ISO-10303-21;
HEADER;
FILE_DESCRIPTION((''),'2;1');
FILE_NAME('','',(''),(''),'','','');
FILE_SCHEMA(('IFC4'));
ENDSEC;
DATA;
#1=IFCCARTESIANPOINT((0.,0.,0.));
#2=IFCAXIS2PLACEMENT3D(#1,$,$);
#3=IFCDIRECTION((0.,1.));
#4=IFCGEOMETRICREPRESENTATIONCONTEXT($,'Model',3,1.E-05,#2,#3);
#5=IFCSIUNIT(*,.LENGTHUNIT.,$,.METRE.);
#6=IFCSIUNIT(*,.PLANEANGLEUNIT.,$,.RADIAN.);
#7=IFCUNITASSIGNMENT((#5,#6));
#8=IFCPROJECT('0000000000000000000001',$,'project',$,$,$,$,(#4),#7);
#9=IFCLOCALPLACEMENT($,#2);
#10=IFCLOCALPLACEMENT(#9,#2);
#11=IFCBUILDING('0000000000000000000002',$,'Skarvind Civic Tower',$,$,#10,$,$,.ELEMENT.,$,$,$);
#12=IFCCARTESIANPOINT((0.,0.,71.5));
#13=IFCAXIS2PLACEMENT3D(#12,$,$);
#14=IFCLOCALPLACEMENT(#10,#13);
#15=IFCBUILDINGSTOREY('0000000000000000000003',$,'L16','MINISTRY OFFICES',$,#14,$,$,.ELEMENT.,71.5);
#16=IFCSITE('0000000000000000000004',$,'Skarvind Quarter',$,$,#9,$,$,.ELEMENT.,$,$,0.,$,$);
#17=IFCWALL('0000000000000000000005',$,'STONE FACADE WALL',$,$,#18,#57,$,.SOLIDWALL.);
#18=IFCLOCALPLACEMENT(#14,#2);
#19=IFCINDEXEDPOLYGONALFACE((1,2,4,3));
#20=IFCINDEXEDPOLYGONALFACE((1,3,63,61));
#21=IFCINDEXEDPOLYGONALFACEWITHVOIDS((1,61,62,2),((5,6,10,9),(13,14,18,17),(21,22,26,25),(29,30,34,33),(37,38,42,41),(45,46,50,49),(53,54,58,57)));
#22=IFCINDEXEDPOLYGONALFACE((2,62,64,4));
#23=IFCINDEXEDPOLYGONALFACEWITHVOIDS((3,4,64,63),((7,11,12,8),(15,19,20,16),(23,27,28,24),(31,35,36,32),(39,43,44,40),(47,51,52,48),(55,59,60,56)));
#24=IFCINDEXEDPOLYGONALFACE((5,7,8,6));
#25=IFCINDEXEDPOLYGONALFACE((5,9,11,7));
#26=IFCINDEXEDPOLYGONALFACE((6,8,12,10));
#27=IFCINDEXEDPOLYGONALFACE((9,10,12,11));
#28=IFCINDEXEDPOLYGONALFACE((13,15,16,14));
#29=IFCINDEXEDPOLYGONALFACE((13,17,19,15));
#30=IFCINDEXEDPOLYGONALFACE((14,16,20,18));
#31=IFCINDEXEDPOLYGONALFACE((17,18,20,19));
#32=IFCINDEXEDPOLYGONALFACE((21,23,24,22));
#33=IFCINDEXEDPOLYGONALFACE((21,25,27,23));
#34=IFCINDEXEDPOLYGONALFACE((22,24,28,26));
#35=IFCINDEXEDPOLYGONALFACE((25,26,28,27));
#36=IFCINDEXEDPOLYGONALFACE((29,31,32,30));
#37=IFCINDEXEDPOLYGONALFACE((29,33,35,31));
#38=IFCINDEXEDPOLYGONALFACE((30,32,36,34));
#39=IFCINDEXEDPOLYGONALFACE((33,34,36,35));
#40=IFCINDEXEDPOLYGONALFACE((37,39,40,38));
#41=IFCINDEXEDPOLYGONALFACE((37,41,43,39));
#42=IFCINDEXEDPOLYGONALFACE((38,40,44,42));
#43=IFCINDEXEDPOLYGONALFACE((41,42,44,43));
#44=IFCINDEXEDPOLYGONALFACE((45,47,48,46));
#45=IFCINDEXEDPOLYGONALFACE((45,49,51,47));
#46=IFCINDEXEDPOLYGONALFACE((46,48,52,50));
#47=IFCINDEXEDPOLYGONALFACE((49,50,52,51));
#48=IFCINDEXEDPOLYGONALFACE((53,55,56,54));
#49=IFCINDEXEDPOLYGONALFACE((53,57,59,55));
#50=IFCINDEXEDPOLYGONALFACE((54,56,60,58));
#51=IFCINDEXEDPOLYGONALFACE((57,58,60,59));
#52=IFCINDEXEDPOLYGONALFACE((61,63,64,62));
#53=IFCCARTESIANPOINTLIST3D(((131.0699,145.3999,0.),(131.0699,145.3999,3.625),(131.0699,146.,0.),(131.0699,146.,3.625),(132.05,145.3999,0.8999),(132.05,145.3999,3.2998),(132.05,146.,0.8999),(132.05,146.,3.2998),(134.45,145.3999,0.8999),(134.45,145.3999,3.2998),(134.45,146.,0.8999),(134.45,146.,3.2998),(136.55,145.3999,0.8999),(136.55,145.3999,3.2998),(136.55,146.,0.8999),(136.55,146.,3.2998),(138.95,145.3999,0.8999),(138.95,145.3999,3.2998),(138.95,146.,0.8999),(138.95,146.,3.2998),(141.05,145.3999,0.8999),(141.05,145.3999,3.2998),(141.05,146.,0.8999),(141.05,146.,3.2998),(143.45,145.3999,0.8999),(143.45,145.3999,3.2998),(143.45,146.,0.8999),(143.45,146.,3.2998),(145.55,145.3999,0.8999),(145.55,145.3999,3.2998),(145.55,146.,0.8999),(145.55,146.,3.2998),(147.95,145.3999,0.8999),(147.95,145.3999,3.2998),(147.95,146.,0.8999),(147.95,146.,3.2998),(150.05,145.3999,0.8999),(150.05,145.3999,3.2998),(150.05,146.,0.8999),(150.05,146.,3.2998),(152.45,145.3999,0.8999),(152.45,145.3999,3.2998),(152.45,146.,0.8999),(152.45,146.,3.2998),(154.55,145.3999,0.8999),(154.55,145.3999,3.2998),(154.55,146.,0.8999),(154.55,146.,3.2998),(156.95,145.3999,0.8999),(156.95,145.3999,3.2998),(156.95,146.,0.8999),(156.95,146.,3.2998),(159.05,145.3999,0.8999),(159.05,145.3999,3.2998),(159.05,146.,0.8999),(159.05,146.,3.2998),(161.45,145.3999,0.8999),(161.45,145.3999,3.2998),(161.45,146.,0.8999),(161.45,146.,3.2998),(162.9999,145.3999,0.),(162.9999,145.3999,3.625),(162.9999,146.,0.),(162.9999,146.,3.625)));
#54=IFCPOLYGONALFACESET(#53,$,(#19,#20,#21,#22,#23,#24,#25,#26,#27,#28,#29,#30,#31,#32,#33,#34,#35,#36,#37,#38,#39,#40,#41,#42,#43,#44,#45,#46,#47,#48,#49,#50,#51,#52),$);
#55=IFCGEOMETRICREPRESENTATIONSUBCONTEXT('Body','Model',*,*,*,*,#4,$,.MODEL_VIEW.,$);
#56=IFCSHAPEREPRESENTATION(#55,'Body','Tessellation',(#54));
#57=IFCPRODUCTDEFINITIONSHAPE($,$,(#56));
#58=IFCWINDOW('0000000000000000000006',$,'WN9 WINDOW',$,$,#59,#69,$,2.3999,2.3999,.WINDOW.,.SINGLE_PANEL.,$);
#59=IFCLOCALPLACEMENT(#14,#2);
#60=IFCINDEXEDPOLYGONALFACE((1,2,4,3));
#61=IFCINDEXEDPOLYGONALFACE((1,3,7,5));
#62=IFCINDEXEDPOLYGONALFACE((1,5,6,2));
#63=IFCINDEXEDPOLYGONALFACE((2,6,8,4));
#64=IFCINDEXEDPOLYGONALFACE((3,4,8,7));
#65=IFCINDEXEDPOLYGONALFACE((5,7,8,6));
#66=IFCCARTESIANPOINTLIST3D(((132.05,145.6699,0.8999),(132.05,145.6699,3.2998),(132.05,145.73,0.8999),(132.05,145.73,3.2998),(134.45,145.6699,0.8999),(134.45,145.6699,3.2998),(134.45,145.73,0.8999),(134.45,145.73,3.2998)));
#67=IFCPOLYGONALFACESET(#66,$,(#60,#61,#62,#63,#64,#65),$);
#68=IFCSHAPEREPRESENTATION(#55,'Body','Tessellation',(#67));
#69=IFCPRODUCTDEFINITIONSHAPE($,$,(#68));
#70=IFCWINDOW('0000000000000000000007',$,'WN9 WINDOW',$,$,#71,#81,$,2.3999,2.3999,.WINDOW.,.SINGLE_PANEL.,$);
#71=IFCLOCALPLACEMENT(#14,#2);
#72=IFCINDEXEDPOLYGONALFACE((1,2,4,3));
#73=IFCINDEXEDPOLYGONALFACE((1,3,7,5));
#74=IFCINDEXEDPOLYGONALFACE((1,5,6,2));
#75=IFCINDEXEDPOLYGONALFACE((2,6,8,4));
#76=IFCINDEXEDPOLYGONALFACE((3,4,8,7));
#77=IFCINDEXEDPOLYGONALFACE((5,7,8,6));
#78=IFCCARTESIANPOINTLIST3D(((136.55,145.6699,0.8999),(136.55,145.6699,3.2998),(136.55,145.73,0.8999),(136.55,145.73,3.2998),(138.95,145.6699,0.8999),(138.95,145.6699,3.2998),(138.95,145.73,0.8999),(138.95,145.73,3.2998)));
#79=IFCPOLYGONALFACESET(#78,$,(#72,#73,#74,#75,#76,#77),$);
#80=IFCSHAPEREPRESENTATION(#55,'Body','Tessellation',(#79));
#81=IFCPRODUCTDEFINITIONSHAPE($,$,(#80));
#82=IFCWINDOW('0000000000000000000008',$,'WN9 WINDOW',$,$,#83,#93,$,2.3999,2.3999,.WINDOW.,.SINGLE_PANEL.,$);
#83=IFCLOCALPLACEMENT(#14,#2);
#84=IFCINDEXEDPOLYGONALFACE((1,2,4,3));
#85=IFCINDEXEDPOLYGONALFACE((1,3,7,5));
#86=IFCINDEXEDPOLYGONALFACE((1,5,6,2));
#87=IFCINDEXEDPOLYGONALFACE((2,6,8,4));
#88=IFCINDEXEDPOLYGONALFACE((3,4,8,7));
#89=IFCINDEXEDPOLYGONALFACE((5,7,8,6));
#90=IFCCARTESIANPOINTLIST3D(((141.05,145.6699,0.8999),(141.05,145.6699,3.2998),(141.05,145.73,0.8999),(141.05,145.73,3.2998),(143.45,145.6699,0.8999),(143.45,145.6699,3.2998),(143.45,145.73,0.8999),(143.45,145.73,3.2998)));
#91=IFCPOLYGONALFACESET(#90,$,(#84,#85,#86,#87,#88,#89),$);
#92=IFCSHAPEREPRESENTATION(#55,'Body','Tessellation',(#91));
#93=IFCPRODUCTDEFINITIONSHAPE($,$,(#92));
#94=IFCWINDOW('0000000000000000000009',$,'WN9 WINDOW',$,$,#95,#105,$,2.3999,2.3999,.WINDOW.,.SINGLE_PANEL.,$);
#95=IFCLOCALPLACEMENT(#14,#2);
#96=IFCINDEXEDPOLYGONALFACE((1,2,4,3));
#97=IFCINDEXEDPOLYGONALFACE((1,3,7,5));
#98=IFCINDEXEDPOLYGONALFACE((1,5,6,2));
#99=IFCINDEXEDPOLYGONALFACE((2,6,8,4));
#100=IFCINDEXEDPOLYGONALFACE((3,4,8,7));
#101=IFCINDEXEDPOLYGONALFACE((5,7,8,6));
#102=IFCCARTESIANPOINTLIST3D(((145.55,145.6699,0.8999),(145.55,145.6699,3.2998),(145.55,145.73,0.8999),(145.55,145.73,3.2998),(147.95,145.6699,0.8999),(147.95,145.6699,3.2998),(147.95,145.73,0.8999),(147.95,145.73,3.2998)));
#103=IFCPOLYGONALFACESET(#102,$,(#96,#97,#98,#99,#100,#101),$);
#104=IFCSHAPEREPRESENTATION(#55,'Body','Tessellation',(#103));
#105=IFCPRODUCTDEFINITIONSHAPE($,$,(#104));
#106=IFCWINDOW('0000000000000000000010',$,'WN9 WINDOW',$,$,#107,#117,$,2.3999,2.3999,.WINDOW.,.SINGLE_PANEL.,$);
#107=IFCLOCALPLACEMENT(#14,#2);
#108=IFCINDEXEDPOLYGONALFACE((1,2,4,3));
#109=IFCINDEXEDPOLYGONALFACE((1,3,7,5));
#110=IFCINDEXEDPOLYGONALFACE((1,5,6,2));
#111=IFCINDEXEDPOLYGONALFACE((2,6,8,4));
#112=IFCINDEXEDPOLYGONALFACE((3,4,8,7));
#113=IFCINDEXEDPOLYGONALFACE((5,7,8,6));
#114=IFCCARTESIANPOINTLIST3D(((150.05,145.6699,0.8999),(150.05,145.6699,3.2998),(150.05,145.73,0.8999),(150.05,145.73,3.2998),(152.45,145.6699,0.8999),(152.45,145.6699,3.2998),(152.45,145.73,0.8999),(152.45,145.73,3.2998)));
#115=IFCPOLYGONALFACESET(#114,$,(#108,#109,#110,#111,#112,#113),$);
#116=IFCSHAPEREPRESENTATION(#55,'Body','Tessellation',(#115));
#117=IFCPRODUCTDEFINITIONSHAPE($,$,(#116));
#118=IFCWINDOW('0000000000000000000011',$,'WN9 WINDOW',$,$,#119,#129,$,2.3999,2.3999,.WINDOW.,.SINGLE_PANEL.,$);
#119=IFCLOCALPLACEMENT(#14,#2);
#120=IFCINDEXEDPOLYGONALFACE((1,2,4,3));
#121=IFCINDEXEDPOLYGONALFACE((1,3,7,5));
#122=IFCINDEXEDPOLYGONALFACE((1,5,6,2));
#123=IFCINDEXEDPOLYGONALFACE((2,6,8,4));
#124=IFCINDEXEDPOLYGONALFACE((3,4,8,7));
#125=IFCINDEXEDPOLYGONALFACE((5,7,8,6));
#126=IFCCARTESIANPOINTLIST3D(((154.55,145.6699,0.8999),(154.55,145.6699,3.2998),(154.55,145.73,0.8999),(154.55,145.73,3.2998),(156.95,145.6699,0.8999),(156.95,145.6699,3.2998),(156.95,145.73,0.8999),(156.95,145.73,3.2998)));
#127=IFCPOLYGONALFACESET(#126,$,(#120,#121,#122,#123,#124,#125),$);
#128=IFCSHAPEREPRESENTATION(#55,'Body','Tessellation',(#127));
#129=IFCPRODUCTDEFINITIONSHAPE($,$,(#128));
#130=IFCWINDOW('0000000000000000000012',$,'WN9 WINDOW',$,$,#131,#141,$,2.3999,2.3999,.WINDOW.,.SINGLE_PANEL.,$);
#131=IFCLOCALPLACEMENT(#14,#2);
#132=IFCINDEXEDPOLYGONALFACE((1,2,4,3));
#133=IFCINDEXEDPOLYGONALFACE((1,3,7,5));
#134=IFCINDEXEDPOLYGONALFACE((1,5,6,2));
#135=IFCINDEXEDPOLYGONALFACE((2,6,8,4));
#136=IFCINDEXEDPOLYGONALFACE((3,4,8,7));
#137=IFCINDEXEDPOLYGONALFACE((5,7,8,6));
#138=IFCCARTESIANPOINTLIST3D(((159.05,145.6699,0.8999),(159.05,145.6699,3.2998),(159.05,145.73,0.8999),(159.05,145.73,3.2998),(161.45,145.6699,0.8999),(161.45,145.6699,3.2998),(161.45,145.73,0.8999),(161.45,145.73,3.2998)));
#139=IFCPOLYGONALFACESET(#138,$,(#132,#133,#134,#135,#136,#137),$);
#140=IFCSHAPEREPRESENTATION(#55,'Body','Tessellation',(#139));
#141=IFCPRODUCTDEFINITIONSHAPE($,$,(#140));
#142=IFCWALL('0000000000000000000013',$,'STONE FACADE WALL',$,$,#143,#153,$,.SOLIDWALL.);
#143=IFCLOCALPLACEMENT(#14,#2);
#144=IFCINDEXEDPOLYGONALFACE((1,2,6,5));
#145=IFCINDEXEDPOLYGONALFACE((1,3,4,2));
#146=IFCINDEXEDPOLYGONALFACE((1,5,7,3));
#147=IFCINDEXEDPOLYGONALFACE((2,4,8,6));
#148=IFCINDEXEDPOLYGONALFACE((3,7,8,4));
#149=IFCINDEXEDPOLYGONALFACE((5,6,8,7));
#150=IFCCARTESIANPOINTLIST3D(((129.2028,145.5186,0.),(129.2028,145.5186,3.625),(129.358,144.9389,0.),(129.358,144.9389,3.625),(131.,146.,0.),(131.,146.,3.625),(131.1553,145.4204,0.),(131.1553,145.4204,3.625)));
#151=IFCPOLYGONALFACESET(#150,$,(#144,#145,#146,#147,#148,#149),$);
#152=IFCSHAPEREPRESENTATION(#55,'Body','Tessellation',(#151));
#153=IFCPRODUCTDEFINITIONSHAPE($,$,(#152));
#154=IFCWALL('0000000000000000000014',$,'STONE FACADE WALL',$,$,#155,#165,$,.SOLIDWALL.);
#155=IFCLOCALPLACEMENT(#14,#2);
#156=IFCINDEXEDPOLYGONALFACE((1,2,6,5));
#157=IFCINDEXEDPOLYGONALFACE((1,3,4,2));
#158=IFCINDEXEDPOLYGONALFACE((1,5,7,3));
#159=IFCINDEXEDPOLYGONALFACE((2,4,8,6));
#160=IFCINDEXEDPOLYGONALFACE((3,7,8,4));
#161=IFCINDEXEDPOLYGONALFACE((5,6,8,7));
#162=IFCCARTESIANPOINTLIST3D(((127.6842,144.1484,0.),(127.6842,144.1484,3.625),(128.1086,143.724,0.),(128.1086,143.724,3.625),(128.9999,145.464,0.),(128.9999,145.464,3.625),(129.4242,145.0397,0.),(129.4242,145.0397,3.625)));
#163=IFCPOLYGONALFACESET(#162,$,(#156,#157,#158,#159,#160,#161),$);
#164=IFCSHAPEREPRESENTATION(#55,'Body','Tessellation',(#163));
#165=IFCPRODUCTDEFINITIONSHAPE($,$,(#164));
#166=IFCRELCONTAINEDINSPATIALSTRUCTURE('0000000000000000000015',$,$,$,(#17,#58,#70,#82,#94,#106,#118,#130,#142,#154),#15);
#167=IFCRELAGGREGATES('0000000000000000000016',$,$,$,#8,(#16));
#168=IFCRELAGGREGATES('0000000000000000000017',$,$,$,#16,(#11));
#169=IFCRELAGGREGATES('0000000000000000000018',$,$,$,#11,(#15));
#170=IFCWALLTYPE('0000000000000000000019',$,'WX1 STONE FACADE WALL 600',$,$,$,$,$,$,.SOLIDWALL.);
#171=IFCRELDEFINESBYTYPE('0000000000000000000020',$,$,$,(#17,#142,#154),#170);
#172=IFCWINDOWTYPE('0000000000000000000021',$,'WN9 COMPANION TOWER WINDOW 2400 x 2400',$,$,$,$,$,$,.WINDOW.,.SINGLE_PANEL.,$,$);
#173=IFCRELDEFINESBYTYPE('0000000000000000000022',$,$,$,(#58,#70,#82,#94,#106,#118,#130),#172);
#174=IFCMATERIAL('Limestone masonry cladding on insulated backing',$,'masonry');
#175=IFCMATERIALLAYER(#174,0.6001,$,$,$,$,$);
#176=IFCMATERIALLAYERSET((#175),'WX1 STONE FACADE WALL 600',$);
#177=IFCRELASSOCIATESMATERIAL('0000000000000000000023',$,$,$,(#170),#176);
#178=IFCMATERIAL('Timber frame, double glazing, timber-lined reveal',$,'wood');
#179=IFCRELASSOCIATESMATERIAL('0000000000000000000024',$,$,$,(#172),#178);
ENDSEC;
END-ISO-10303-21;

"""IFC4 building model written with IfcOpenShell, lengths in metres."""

from ifc_helpers import new_model, si_unit, direction, frame, frame_2d, origin, place, context, subcontext, project, spatial, rectangle, extrude, material, layer, layer_set, type_object, element, fill, save


model = new_model("IFC4")

# Units and contexts
model_context = context("Model", 3, precision=1e-05, world=origin(), true_north=direction((0.0, 1.0)))
body_context = subcontext(model_context, "Body", "Model", "MODEL_VIEW")
ifc_project = project(units=[si_unit("LENGTHUNIT", "METRE"), si_unit("PLANEANGLEUNIT", "RADIAN")], contexts=[model_context])

# Site, building, storey
site_placement = place(None, origin())
site = spatial("IfcSite", under=ifc_project, at=site_placement, Name="Skarvind Quarter", CompositionType="ELEMENT", RefElevation=0.0)
building_placement = place(site_placement, origin())
building = spatial("IfcBuilding", under=site, at=building_placement, Name="Skarvind Civic Tower", CompositionType="ELEMENT")
storey_placement = place(building_placement, frame((0.0, 0.0, 71.5)))
storey = spatial("IfcBuildingStorey", under=building, at=storey_placement, Name="L16", Description="MINISTRY OFFICES", CompositionType="ELEMENT", Elevation=71.5)

# Wall, openings, windows
ifc_material_1 = material(Name="Limestone masonry cladding on insulated backing", Category="masonry")
ifc_layer_1 = layer(ifc_material_1, 0.6001)
ifc_layer_set_1 = layer_set([ifc_layer_1], Name="WX1 STONE FACADE WALL 600")
wall_type_1 = type_object("IfcWallType", Name="WX1 STONE FACADE WALL 600", PredefinedType="SOLIDWALL", material=ifc_layer_set_1)
wall_1_placement = place(storey_placement, frame((131.0701, 145.7, 0.0), z_axis=(0.0, 0.0, 1.0), x_axis=(1.0, 0.0, 0.0)))
wall_1 = element("IfcWall", 1, at=wall_1_placement, inside=storey, type_object=wall_type_1, Name="STONE FACADE WALL", PredefinedType="SOLIDWALL", context=body_context, shape_type="SweptSolid", body=[
    extrude(rectangle(XDim=31.9299, YDim=0.6001, at=frame_2d((15.9648, 0.0))), origin(), (0.0, 0.0, 1.0), 3.625),
])
opening_1_placement = place(wall_1_placement, frame((0.98, 0.0, 0.8999)))
opening_1 = element("IfcOpeningElement", 2, at=opening_1_placement, cuts=wall_1, PredefinedType="OPENING", context=body_context, shape_type="SweptSolid", body=[
    extrude(rectangle(XDim=2.3999, YDim=2.3999, at=frame_2d((1.2, 1.2))), frame((0.0, 0.3101, 0.0), z_axis=(0.0, -1.0, 0.0), x_axis=(1.0, 0.0, 0.0)), (0.0, 0.0, 1.0), 0.6201),
])
opening_2_placement = place(wall_1_placement, frame((5.48, 0.0, 0.8999)))
opening_2 = element("IfcOpeningElement", 3, at=opening_2_placement, cuts=wall_1, PredefinedType="OPENING", context=body_context, shape_type="SweptSolid", body=[
    extrude(rectangle(XDim=2.3999, YDim=2.3999, at=frame_2d((1.2, 1.2))), frame((0.0, 0.3101, 0.0), z_axis=(0.0, -1.0, 0.0), x_axis=(1.0, 0.0, 0.0)), (0.0, 0.0, 1.0), 0.6201),
])
opening_3_placement = place(wall_1_placement, frame((9.98, 0.0, 0.8999)))
opening_3 = element("IfcOpeningElement", 4, at=opening_3_placement, cuts=wall_1, PredefinedType="OPENING", context=body_context, shape_type="SweptSolid", body=[
    extrude(rectangle(XDim=2.3999, YDim=2.3999, at=frame_2d((1.2, 1.2))), frame((0.0, 0.3101, 0.0), z_axis=(0.0, -1.0, 0.0), x_axis=(1.0, 0.0, 0.0)), (0.0, 0.0, 1.0), 0.6201),
])
opening_4_placement = place(wall_1_placement, frame((14.48, 0.0, 0.8999)))
opening_4 = element("IfcOpeningElement", 5, at=opening_4_placement, cuts=wall_1, PredefinedType="OPENING", context=body_context, shape_type="SweptSolid", body=[
    extrude(rectangle(XDim=2.3999, YDim=2.3999, at=frame_2d((1.2, 1.2))), frame((0.0, 0.3101, 0.0), z_axis=(0.0, -1.0, 0.0), x_axis=(1.0, 0.0, 0.0)), (0.0, 0.0, 1.0), 0.6201),
])
opening_5_placement = place(wall_1_placement, frame((18.98, 0.0, 0.8999)))
opening_5 = element("IfcOpeningElement", 6, at=opening_5_placement, cuts=wall_1, PredefinedType="OPENING", context=body_context, shape_type="SweptSolid", body=[
    extrude(rectangle(XDim=2.3999, YDim=2.3999, at=frame_2d((1.2, 1.2))), frame((0.0, 0.3101, 0.0), z_axis=(0.0, -1.0, 0.0), x_axis=(1.0, 0.0, 0.0)), (0.0, 0.0, 1.0), 0.6201),
])
opening_6_placement = place(wall_1_placement, frame((23.48, 0.0, 0.8999)))
opening_6 = element("IfcOpeningElement", 7, at=opening_6_placement, cuts=wall_1, PredefinedType="OPENING", context=body_context, shape_type="SweptSolid", body=[
    extrude(rectangle(XDim=2.3999, YDim=2.3999, at=frame_2d((1.2, 1.2))), frame((0.0, 0.3101, 0.0), z_axis=(0.0, -1.0, 0.0), x_axis=(1.0, 0.0, 0.0)), (0.0, 0.0, 1.0), 0.6201),
])
opening_7_placement = place(wall_1_placement, frame((27.98, 0.0, 0.8999)))
opening_7 = element("IfcOpeningElement", 8, at=opening_7_placement, cuts=wall_1, PredefinedType="OPENING", context=body_context, shape_type="SweptSolid", body=[
    extrude(rectangle(XDim=2.3999, YDim=2.3999, at=frame_2d((1.2, 1.2))), frame((0.0, 0.3101, 0.0), z_axis=(0.0, -1.0, 0.0), x_axis=(1.0, 0.0, 0.0)), (0.0, 0.0, 1.0), 0.6201),
])
ifc_material_2 = material(Name="Timber frame, double glazing, timber-lined reveal", Category="wood")
window_type = type_object("IfcWindowType", Name="WN9 COMPANION TOWER WINDOW 2400 x 2400", PartitioningType="SINGLE_PANEL", PredefinedType="WINDOW", material=ifc_material_2)
window_1_placement = place(opening_1_placement, origin())
window_1 = element("IfcWindow", 9, at=window_1_placement, inside=storey, type_object=window_type, Name="WN9 WINDOW", OverallHeight=2.3999, OverallWidth=2.3999, PartitioningType="SINGLE_PANEL", PredefinedType="WINDOW", context=body_context, shape_type="SweptSolid", body=[
    extrude(rectangle(XDim=2.3999, YDim=2.3999, at=frame_2d((1.2, 1.2))), frame((0.0, 0.03, 0.0), z_axis=(0.0, -1.0, 0.0), x_axis=(1.0, 0.0, 0.0)), (0.0, 0.0, 1.0), 0.0601),
])
fill(opening_1, window_1)
window_2_placement = place(opening_2_placement, origin())
window_2 = element("IfcWindow", 10, at=window_2_placement, inside=storey, type_object=window_type, Name="WN9 WINDOW", OverallHeight=2.3999, OverallWidth=2.3999, PartitioningType="SINGLE_PANEL", PredefinedType="WINDOW", context=body_context, shape_type="SweptSolid", body=[
    extrude(rectangle(XDim=2.3999, YDim=2.3999, at=frame_2d((1.2, 1.2))), frame((0.0, 0.03, 0.0), z_axis=(0.0, -1.0, 0.0), x_axis=(1.0, 0.0, 0.0)), (0.0, 0.0, 1.0), 0.0601),
])
fill(opening_2, window_2)
window_3_placement = place(opening_3_placement, origin())
window_3 = element("IfcWindow", 11, at=window_3_placement, inside=storey, type_object=window_type, Name="WN9 WINDOW", OverallHeight=2.3999, OverallWidth=2.3999, PartitioningType="SINGLE_PANEL", PredefinedType="WINDOW", context=body_context, shape_type="SweptSolid", body=[
    extrude(rectangle(XDim=2.3999, YDim=2.3999, at=frame_2d((1.2, 1.2))), frame((0.0, 0.03, 0.0), z_axis=(0.0, -1.0, 0.0), x_axis=(1.0, 0.0, 0.0)), (0.0, 0.0, 1.0), 0.0601),
])
fill(opening_3, window_3)
window_4_placement = place(opening_4_placement, origin())
window_4 = element("IfcWindow", 12, at=window_4_placement, inside=storey, type_object=window_type, Name="WN9 WINDOW", OverallHeight=2.3999, OverallWidth=2.3999, PartitioningType="SINGLE_PANEL", PredefinedType="WINDOW", context=body_context, shape_type="SweptSolid", body=[
    extrude(rectangle(XDim=2.3999, YDim=2.3999, at=frame_2d((1.2, 1.2))), frame((0.0, 0.03, 0.0), z_axis=(0.0, -1.0, 0.0), x_axis=(1.0, 0.0, 0.0)), (0.0, 0.0, 1.0), 0.0601),
])
fill(opening_4, window_4)
window_5_placement = place(opening_5_placement, origin())
window_5 = element("IfcWindow", 13, at=window_5_placement, inside=storey, type_object=window_type, Name="WN9 WINDOW", OverallHeight=2.3999, OverallWidth=2.3999, PartitioningType="SINGLE_PANEL", PredefinedType="WINDOW", context=body_context, shape_type="SweptSolid", body=[
    extrude(rectangle(XDim=2.3999, YDim=2.3999, at=frame_2d((1.2, 1.2))), frame((0.0, 0.03, 0.0), z_axis=(0.0, -1.0, 0.0), x_axis=(1.0, 0.0, 0.0)), (0.0, 0.0, 1.0), 0.0601),
])
fill(opening_5, window_5)
window_6_placement = place(opening_6_placement, origin())
window_6 = element("IfcWindow", 14, at=window_6_placement, inside=storey, type_object=window_type, Name="WN9 WINDOW", OverallHeight=2.3999, OverallWidth=2.3999, PartitioningType="SINGLE_PANEL", PredefinedType="WINDOW", context=body_context, shape_type="SweptSolid", body=[
    extrude(rectangle(XDim=2.3999, YDim=2.3999, at=frame_2d((1.2, 1.2))), frame((0.0, 0.03, 0.0), z_axis=(0.0, -1.0, 0.0), x_axis=(1.0, 0.0, 0.0)), (0.0, 0.0, 1.0), 0.0601),
])
fill(opening_6, window_6)
window_7_placement = place(opening_7_placement, origin())
window_7 = element("IfcWindow", 15, at=window_7_placement, inside=storey, type_object=window_type, Name="WN9 WINDOW", OverallHeight=2.3999, OverallWidth=2.3999, PartitioningType="SINGLE_PANEL", PredefinedType="WINDOW", context=body_context, shape_type="SweptSolid", body=[
    extrude(rectangle(XDim=2.3999, YDim=2.3999, at=frame_2d((1.2, 1.2))), frame((0.0, 0.03, 0.0), z_axis=(0.0, -1.0, 0.0), x_axis=(1.0, 0.0, 0.0)), (0.0, 0.0, 1.0), 0.0601),
])
fill(opening_7, window_7)

# Walls
for number, where, z_axis, x_axis, name in (
    (16, (129.2805, 145.2288, 0.0), (0.0, 0.0, 1.0), (0.965938, 0.258773, 0.0), "STONE FACADE WALL"),
    (17, (127.8965, 143.9363, 0.0), (0.0, 0.0, 1.0), (0.707107, 0.707107, 0.0), "STONE FACADE WALL"),
):
    element("IfcWall", number, at=place(storey_placement, frame(where, z_axis=z_axis, x_axis=x_axis)), inside=storey, type_object=wall_type_1, Name=name, PredefinedType="SOLIDWALL", context=body_context, shape_type="SweptSolid", body=[
        extrude(rectangle(XDim=1.8606, YDim=0.6001, at=frame_2d((0.9302, 0.0))), origin(), (0.0, 0.0, 1.0), 3.625),
    ])

save(model, "model.ifc")
